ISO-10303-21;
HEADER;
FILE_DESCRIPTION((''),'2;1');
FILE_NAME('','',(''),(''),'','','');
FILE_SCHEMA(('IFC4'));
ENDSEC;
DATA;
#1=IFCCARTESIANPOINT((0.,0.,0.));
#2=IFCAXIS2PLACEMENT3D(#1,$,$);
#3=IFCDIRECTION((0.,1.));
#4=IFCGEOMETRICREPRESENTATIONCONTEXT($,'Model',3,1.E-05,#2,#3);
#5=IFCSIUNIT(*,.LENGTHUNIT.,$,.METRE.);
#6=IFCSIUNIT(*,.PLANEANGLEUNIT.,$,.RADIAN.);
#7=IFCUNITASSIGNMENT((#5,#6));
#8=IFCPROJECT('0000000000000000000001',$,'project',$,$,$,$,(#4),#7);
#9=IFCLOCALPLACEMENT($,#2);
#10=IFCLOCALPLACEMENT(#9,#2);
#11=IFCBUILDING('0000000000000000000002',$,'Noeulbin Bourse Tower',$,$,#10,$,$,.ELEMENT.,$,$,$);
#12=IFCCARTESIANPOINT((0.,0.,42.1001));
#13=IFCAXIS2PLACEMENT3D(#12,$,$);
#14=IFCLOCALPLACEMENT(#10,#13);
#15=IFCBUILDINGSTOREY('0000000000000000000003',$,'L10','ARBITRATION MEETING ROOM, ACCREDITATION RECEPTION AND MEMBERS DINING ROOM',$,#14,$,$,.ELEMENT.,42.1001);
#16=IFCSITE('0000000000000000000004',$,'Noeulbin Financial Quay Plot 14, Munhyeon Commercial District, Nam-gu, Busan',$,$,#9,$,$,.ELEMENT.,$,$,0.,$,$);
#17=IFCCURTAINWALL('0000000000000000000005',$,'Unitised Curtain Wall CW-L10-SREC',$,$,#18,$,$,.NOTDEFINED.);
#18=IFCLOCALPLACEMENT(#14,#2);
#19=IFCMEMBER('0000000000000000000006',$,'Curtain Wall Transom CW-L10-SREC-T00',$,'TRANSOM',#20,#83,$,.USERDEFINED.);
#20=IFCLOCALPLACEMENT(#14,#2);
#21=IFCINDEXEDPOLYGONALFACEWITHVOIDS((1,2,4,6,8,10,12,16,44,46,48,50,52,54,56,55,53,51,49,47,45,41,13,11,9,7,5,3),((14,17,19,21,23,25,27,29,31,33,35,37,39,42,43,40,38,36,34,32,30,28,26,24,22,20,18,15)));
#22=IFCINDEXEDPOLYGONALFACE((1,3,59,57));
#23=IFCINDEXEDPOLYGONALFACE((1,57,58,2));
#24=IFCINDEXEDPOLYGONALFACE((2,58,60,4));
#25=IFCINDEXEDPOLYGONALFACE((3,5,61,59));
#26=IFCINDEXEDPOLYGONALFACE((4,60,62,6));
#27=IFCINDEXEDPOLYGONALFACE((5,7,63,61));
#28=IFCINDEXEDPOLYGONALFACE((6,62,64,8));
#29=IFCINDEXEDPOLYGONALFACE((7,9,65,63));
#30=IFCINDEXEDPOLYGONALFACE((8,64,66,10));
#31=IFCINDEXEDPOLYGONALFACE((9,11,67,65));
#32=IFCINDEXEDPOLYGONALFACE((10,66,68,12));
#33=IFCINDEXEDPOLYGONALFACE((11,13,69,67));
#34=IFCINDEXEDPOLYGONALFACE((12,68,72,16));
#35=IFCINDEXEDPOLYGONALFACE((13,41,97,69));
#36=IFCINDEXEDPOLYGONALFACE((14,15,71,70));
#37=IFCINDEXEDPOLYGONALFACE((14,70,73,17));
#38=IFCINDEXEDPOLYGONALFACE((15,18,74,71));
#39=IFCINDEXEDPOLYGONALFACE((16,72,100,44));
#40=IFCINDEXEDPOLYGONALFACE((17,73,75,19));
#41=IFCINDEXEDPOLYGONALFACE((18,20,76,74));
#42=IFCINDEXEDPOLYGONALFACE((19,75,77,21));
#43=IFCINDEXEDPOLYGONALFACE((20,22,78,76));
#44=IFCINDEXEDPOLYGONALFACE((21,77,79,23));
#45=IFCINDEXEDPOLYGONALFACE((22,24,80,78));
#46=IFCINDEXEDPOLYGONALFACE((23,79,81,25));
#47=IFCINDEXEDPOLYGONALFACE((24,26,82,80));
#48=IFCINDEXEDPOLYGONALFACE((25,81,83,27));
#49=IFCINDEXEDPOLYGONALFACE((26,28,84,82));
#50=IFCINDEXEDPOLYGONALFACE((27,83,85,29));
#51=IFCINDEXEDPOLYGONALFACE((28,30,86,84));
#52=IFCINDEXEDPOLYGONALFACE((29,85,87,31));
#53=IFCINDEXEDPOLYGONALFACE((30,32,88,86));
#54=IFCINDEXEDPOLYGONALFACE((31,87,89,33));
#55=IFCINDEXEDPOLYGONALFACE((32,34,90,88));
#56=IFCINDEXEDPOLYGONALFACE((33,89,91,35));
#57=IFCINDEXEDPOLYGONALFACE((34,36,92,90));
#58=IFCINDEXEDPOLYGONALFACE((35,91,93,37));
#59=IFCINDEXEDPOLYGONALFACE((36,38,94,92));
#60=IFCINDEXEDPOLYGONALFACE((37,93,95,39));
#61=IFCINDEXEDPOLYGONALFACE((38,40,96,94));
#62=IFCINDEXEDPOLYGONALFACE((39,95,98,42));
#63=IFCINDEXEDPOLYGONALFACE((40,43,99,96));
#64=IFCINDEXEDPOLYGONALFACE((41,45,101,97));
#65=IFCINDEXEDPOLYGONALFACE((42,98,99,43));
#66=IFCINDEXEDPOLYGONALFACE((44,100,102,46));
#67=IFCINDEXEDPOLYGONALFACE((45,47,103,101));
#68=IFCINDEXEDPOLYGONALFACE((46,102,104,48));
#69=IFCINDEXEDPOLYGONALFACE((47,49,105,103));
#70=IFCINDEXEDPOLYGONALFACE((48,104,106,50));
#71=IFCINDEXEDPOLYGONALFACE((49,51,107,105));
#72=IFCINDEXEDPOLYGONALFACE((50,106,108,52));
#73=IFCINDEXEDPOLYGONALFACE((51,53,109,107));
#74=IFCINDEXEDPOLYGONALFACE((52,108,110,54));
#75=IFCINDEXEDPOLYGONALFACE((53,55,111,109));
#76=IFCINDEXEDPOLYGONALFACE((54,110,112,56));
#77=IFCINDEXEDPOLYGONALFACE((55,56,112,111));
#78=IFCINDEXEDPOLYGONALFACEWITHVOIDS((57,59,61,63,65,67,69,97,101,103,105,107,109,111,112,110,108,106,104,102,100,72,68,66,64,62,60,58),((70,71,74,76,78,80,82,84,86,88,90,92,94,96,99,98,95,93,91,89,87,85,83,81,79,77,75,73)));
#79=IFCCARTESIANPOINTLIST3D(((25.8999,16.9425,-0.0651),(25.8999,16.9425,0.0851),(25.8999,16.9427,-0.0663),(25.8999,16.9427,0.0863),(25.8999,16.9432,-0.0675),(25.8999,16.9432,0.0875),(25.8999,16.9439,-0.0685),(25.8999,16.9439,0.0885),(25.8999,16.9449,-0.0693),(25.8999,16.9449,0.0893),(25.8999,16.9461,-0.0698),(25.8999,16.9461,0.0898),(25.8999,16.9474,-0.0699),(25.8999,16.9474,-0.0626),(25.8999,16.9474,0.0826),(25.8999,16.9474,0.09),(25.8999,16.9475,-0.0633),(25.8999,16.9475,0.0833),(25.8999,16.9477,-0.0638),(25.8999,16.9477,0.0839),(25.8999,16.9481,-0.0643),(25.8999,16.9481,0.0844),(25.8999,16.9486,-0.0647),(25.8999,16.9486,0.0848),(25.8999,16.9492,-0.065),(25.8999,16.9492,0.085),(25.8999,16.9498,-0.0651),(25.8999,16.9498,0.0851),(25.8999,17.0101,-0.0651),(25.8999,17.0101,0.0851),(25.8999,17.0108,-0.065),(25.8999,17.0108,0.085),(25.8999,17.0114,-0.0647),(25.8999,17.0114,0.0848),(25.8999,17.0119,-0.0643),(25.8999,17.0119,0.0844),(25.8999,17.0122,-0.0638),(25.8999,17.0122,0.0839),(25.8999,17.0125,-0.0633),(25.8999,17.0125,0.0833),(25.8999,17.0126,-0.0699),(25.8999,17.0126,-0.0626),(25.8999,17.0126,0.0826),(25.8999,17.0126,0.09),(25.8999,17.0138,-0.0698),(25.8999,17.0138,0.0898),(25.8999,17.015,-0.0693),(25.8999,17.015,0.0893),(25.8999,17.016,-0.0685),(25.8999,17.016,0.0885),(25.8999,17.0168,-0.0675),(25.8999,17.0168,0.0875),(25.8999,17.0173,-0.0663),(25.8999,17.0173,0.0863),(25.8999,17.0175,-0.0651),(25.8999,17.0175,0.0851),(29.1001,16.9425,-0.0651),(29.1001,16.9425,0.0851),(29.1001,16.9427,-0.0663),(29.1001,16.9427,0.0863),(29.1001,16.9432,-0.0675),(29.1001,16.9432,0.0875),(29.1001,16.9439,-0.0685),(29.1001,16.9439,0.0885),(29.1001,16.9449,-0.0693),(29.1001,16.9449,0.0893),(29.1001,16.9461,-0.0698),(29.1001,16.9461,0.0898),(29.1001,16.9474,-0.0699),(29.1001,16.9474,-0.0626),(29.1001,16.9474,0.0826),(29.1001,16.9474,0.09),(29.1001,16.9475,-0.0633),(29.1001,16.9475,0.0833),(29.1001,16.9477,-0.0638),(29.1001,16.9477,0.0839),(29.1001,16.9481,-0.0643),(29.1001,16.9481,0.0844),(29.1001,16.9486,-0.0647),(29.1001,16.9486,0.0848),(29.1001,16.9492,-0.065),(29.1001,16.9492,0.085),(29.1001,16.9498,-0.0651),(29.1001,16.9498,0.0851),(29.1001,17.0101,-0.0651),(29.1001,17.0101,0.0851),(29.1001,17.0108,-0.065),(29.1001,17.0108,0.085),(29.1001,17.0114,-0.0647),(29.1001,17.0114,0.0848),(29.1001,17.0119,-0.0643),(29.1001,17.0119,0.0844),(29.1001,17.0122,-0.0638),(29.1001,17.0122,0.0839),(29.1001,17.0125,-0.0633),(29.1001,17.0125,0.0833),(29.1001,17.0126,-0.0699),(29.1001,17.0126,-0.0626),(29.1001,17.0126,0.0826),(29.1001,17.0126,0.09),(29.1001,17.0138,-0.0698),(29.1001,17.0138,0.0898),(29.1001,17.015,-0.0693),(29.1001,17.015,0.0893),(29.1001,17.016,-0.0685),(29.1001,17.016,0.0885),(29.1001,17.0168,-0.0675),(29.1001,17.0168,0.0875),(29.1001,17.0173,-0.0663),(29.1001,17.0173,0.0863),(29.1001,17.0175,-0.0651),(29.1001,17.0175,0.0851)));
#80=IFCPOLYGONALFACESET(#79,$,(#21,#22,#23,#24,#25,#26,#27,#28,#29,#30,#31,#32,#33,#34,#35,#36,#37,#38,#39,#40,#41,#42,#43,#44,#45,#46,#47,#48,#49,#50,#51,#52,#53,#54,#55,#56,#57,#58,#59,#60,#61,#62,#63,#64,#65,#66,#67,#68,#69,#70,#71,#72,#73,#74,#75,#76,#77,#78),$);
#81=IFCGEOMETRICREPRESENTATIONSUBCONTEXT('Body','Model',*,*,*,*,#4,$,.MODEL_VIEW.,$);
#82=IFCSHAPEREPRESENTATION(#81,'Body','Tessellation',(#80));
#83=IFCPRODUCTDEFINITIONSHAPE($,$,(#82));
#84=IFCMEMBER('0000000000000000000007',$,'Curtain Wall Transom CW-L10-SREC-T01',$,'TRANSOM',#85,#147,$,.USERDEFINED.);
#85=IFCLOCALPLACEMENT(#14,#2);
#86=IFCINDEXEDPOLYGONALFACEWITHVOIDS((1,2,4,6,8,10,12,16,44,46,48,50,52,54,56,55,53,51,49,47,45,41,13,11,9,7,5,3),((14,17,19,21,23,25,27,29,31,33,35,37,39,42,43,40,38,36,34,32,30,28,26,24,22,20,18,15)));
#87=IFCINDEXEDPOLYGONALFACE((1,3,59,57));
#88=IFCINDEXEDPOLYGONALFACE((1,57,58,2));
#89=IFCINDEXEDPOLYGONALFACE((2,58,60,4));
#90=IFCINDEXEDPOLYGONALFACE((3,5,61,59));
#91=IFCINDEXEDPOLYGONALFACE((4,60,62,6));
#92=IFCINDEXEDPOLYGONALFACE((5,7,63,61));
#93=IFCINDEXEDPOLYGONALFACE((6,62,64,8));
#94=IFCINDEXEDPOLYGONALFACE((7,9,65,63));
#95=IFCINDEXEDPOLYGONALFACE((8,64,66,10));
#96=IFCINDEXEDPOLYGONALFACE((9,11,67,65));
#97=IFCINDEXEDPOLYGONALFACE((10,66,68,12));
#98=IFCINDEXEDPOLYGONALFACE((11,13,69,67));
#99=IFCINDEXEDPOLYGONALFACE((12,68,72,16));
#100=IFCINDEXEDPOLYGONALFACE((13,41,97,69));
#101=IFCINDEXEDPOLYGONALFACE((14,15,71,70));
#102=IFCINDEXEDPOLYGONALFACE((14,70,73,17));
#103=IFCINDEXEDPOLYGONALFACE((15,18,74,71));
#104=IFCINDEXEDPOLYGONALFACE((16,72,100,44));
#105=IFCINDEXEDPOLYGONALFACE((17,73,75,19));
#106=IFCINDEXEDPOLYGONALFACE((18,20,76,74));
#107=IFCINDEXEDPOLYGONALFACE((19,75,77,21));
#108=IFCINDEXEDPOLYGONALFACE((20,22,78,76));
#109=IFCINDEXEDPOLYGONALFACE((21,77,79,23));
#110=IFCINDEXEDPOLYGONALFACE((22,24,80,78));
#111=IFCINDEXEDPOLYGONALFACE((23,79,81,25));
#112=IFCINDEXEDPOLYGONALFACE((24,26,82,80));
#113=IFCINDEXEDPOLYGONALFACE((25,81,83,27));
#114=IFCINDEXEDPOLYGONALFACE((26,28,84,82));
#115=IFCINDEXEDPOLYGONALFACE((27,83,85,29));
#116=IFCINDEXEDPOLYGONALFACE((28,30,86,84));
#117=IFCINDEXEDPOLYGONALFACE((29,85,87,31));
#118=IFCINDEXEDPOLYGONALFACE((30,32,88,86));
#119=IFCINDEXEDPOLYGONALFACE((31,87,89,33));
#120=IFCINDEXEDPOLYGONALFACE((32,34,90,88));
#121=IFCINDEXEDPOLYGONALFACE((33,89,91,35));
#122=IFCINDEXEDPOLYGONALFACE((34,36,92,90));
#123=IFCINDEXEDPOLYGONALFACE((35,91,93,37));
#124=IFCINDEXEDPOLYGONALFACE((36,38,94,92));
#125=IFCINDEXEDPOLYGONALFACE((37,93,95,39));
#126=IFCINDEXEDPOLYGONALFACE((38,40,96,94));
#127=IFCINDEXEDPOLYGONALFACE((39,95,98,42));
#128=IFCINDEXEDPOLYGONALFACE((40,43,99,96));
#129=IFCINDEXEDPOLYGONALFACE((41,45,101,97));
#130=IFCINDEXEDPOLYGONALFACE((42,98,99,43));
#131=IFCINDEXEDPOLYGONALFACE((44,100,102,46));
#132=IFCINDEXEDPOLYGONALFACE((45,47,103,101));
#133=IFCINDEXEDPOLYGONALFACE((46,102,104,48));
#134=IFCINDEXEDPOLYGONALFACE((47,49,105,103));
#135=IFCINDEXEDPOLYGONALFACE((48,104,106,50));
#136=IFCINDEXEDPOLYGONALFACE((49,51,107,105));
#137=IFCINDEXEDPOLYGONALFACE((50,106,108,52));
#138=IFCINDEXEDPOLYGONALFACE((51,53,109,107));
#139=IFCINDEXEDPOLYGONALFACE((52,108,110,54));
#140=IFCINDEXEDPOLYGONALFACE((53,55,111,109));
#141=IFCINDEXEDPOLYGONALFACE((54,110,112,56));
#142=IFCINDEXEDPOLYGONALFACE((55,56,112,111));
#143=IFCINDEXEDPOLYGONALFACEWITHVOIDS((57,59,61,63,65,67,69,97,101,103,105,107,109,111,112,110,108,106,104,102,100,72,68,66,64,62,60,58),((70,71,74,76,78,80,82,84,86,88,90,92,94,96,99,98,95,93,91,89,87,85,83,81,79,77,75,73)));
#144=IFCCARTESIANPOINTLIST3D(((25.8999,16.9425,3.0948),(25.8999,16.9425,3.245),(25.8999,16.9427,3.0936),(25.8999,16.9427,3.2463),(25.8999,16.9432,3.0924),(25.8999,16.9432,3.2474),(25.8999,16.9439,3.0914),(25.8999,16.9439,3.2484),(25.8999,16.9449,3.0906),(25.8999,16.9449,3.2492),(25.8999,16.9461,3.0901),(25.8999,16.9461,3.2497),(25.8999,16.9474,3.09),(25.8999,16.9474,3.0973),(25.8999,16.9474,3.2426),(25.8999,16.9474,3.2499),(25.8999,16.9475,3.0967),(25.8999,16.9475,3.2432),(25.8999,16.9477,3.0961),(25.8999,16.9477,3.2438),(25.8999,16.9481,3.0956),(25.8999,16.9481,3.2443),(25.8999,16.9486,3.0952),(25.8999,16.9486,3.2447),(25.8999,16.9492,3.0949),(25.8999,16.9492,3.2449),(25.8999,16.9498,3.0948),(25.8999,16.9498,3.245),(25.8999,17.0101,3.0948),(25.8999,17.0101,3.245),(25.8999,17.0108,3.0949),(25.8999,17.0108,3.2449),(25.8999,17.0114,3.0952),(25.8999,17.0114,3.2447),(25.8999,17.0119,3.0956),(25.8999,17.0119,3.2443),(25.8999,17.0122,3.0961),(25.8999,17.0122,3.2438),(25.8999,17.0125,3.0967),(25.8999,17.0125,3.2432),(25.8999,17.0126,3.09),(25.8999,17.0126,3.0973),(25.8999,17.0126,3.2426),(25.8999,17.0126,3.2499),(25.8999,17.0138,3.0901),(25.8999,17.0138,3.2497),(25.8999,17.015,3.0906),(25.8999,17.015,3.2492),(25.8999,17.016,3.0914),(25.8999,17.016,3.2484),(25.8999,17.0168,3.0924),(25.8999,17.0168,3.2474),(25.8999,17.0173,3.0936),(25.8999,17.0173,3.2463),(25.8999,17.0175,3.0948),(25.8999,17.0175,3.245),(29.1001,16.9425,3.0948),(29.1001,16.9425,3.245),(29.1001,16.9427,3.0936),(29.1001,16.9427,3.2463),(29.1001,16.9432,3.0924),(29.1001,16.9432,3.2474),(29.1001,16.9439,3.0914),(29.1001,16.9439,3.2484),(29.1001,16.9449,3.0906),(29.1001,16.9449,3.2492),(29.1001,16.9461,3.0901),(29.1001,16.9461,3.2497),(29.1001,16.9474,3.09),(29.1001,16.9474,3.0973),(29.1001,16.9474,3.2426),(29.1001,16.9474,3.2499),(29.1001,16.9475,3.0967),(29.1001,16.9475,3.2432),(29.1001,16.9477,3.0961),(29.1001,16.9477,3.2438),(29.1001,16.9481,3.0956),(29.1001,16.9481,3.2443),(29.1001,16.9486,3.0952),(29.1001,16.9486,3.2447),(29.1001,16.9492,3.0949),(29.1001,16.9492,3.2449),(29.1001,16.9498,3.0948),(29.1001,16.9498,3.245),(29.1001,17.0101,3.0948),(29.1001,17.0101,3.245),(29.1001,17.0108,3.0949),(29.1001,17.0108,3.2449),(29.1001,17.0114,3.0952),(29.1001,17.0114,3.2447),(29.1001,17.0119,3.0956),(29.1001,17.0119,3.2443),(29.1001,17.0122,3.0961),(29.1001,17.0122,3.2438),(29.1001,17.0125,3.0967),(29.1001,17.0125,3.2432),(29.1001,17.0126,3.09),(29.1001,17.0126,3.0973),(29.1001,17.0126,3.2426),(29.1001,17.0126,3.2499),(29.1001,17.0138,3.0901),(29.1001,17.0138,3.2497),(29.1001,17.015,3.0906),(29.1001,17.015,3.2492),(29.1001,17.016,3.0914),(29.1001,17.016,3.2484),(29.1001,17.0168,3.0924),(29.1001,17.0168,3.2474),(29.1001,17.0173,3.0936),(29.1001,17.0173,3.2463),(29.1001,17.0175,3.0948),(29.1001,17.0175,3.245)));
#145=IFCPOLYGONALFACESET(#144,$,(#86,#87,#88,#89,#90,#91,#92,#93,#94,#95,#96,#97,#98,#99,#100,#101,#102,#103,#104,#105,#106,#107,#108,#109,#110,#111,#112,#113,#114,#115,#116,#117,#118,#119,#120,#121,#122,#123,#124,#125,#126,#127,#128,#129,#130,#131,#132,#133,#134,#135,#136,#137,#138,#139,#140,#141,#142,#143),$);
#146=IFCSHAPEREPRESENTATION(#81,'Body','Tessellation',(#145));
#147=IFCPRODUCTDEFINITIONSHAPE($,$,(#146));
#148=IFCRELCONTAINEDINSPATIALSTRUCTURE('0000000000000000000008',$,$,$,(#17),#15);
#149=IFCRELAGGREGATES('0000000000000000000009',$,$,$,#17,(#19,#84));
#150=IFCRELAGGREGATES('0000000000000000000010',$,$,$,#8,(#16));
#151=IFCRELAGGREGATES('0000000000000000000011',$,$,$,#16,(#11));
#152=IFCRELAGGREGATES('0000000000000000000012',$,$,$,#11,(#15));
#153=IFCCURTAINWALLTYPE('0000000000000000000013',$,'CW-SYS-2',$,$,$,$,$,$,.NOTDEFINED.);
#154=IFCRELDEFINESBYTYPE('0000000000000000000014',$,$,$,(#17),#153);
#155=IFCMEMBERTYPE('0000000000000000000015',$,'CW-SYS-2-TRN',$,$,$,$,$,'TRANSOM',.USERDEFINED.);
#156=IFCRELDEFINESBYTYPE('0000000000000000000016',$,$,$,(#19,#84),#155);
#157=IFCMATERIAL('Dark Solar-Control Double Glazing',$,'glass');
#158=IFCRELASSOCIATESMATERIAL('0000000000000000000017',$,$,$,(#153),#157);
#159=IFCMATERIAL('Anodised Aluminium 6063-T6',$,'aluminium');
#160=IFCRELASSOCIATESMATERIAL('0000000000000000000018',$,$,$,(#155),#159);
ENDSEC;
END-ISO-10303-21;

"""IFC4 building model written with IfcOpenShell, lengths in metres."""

from ifc_helpers import new_model, si_unit, direction, frame, origin, origin_2d, place, context, subcontext, project, spatial, hollow_rectangle, extrude, material, material_profile, profile_set, type_object, element, aggregate, save


model = new_model("IFC4")

# Units and contexts
model_context = context("Model", 3, precision=1e-05, world=origin(), true_north=direction((0.0, 1.0)))
body_context = subcontext(model_context, "Body", "Model", "MODEL_VIEW")
ifc_project = project(units=[si_unit("LENGTHUNIT", "METRE"), si_unit("PLANEANGLEUNIT", "RADIAN")], contexts=[model_context])

# Site, building, storey
site_placement = place(None, origin())
site = spatial("IfcSite", under=ifc_project, at=site_placement, Name="Noeulbin Financial Quay Plot 14, Munhyeon Commercial District, Nam-gu, Busan", CompositionType="ELEMENT", RefElevation=0.0)
building_placement = place(site_placement, origin())
building = spatial("IfcBuilding", under=site, at=building_placement, Name="Noeulbin Bourse Tower", CompositionType="ELEMENT")
storey_placement = place(building_placement, frame((0.0, 0.0, 42.1001)))
storey = spatial("IfcBuildingStorey", under=building, at=storey_placement, Name="L10", Description="ARBITRATION MEETING ROOM, ACCREDITATION RECEPTION AND MEMBERS DINING ROOM", CompositionType="ELEMENT", Elevation=42.1001)

# Curtain wall
ifc_material_1 = material(Name="Dark Solar-Control Double Glazing", Category="glass")
curtain_wall_type = type_object("IfcCurtainWallType", Name="CW-SYS-2", PredefinedType="NOTDEFINED", material=ifc_material_1)
curtain_wall_1_placement = place(storey_placement, origin())
curtain_wall_1 = element("IfcCurtainWall", 1, at=curtain_wall_1_placement, inside=storey, type_object=curtain_wall_type, Name="Unitised Curtain Wall CW-L10-SREC", PredefinedType="NOTDEFINED")
ifc_material_2 = material(Name="Anodised Aluminium 6063-T6", Category="aluminium")

# Members
ifc_material_profile_1 = material_profile(ifc_material_2, hollow_rectangle(XDim=0.075, YDim=0.1599, WallThickness=0.0049, InnerFilletRadius=0.0024, OuterFilletRadius=0.0049, at=origin_2d()), Name="ALU-TRAN-75x160x5", Category="LoadBearing")
ifc_profile_set_1 = profile_set([ifc_material_profile_1], Name="Anodised Aluminium 6063-T6")
member_type_1 = type_object("IfcMemberType", Name="CW-SYS-2-TRN", ElementType="TRANSOM", PredefinedType="USERDEFINED", material=ifc_profile_set_1)
member_1_placement = place(storey_placement, frame((25.8999, 16.98, 0.01), z_axis=(1.0, 0.0, 0.0), x_axis=(0.0, 1.0, 0.0)))
member_1 = element("IfcMember", 2, at=member_1_placement, type_object=member_type_1, Name="Curtain Wall Transom CW-L10-SREC-T00", ObjectType="TRANSOM", PredefinedType="USERDEFINED", context=body_context, shape_type="SweptSolid", body=[
    extrude(hollow_rectangle(XDim=0.075, YDim=0.1599, WallThickness=0.0049, InnerFilletRadius=0.0024, OuterFilletRadius=0.0049, at=origin_2d()), origin(), (0.0, 0.0, 1.0), 3.2002),
])
member_2_placement = place(storey_placement, frame((25.8999, 16.98, 3.1699), z_axis=(1.0, 0.0, 0.0), x_axis=(0.0, 1.0, 0.0)))
member_2 = element("IfcMember", 3, at=member_2_placement, type_object=member_type_1, Name="Curtain Wall Transom CW-L10-SREC-T01", ObjectType="TRANSOM", PredefinedType="USERDEFINED", context=body_context, shape_type="SweptSolid", body=[
    extrude(hollow_rectangle(XDim=0.075, YDim=0.1599, WallThickness=0.0049, InnerFilletRadius=0.0024, OuterFilletRadius=0.0049, at=origin_2d()), origin(), (0.0, 0.0, 1.0), 3.2002),
])

aggregate(curtain_wall_1, [member_1, member_2])

save(model, "model.ifc")
